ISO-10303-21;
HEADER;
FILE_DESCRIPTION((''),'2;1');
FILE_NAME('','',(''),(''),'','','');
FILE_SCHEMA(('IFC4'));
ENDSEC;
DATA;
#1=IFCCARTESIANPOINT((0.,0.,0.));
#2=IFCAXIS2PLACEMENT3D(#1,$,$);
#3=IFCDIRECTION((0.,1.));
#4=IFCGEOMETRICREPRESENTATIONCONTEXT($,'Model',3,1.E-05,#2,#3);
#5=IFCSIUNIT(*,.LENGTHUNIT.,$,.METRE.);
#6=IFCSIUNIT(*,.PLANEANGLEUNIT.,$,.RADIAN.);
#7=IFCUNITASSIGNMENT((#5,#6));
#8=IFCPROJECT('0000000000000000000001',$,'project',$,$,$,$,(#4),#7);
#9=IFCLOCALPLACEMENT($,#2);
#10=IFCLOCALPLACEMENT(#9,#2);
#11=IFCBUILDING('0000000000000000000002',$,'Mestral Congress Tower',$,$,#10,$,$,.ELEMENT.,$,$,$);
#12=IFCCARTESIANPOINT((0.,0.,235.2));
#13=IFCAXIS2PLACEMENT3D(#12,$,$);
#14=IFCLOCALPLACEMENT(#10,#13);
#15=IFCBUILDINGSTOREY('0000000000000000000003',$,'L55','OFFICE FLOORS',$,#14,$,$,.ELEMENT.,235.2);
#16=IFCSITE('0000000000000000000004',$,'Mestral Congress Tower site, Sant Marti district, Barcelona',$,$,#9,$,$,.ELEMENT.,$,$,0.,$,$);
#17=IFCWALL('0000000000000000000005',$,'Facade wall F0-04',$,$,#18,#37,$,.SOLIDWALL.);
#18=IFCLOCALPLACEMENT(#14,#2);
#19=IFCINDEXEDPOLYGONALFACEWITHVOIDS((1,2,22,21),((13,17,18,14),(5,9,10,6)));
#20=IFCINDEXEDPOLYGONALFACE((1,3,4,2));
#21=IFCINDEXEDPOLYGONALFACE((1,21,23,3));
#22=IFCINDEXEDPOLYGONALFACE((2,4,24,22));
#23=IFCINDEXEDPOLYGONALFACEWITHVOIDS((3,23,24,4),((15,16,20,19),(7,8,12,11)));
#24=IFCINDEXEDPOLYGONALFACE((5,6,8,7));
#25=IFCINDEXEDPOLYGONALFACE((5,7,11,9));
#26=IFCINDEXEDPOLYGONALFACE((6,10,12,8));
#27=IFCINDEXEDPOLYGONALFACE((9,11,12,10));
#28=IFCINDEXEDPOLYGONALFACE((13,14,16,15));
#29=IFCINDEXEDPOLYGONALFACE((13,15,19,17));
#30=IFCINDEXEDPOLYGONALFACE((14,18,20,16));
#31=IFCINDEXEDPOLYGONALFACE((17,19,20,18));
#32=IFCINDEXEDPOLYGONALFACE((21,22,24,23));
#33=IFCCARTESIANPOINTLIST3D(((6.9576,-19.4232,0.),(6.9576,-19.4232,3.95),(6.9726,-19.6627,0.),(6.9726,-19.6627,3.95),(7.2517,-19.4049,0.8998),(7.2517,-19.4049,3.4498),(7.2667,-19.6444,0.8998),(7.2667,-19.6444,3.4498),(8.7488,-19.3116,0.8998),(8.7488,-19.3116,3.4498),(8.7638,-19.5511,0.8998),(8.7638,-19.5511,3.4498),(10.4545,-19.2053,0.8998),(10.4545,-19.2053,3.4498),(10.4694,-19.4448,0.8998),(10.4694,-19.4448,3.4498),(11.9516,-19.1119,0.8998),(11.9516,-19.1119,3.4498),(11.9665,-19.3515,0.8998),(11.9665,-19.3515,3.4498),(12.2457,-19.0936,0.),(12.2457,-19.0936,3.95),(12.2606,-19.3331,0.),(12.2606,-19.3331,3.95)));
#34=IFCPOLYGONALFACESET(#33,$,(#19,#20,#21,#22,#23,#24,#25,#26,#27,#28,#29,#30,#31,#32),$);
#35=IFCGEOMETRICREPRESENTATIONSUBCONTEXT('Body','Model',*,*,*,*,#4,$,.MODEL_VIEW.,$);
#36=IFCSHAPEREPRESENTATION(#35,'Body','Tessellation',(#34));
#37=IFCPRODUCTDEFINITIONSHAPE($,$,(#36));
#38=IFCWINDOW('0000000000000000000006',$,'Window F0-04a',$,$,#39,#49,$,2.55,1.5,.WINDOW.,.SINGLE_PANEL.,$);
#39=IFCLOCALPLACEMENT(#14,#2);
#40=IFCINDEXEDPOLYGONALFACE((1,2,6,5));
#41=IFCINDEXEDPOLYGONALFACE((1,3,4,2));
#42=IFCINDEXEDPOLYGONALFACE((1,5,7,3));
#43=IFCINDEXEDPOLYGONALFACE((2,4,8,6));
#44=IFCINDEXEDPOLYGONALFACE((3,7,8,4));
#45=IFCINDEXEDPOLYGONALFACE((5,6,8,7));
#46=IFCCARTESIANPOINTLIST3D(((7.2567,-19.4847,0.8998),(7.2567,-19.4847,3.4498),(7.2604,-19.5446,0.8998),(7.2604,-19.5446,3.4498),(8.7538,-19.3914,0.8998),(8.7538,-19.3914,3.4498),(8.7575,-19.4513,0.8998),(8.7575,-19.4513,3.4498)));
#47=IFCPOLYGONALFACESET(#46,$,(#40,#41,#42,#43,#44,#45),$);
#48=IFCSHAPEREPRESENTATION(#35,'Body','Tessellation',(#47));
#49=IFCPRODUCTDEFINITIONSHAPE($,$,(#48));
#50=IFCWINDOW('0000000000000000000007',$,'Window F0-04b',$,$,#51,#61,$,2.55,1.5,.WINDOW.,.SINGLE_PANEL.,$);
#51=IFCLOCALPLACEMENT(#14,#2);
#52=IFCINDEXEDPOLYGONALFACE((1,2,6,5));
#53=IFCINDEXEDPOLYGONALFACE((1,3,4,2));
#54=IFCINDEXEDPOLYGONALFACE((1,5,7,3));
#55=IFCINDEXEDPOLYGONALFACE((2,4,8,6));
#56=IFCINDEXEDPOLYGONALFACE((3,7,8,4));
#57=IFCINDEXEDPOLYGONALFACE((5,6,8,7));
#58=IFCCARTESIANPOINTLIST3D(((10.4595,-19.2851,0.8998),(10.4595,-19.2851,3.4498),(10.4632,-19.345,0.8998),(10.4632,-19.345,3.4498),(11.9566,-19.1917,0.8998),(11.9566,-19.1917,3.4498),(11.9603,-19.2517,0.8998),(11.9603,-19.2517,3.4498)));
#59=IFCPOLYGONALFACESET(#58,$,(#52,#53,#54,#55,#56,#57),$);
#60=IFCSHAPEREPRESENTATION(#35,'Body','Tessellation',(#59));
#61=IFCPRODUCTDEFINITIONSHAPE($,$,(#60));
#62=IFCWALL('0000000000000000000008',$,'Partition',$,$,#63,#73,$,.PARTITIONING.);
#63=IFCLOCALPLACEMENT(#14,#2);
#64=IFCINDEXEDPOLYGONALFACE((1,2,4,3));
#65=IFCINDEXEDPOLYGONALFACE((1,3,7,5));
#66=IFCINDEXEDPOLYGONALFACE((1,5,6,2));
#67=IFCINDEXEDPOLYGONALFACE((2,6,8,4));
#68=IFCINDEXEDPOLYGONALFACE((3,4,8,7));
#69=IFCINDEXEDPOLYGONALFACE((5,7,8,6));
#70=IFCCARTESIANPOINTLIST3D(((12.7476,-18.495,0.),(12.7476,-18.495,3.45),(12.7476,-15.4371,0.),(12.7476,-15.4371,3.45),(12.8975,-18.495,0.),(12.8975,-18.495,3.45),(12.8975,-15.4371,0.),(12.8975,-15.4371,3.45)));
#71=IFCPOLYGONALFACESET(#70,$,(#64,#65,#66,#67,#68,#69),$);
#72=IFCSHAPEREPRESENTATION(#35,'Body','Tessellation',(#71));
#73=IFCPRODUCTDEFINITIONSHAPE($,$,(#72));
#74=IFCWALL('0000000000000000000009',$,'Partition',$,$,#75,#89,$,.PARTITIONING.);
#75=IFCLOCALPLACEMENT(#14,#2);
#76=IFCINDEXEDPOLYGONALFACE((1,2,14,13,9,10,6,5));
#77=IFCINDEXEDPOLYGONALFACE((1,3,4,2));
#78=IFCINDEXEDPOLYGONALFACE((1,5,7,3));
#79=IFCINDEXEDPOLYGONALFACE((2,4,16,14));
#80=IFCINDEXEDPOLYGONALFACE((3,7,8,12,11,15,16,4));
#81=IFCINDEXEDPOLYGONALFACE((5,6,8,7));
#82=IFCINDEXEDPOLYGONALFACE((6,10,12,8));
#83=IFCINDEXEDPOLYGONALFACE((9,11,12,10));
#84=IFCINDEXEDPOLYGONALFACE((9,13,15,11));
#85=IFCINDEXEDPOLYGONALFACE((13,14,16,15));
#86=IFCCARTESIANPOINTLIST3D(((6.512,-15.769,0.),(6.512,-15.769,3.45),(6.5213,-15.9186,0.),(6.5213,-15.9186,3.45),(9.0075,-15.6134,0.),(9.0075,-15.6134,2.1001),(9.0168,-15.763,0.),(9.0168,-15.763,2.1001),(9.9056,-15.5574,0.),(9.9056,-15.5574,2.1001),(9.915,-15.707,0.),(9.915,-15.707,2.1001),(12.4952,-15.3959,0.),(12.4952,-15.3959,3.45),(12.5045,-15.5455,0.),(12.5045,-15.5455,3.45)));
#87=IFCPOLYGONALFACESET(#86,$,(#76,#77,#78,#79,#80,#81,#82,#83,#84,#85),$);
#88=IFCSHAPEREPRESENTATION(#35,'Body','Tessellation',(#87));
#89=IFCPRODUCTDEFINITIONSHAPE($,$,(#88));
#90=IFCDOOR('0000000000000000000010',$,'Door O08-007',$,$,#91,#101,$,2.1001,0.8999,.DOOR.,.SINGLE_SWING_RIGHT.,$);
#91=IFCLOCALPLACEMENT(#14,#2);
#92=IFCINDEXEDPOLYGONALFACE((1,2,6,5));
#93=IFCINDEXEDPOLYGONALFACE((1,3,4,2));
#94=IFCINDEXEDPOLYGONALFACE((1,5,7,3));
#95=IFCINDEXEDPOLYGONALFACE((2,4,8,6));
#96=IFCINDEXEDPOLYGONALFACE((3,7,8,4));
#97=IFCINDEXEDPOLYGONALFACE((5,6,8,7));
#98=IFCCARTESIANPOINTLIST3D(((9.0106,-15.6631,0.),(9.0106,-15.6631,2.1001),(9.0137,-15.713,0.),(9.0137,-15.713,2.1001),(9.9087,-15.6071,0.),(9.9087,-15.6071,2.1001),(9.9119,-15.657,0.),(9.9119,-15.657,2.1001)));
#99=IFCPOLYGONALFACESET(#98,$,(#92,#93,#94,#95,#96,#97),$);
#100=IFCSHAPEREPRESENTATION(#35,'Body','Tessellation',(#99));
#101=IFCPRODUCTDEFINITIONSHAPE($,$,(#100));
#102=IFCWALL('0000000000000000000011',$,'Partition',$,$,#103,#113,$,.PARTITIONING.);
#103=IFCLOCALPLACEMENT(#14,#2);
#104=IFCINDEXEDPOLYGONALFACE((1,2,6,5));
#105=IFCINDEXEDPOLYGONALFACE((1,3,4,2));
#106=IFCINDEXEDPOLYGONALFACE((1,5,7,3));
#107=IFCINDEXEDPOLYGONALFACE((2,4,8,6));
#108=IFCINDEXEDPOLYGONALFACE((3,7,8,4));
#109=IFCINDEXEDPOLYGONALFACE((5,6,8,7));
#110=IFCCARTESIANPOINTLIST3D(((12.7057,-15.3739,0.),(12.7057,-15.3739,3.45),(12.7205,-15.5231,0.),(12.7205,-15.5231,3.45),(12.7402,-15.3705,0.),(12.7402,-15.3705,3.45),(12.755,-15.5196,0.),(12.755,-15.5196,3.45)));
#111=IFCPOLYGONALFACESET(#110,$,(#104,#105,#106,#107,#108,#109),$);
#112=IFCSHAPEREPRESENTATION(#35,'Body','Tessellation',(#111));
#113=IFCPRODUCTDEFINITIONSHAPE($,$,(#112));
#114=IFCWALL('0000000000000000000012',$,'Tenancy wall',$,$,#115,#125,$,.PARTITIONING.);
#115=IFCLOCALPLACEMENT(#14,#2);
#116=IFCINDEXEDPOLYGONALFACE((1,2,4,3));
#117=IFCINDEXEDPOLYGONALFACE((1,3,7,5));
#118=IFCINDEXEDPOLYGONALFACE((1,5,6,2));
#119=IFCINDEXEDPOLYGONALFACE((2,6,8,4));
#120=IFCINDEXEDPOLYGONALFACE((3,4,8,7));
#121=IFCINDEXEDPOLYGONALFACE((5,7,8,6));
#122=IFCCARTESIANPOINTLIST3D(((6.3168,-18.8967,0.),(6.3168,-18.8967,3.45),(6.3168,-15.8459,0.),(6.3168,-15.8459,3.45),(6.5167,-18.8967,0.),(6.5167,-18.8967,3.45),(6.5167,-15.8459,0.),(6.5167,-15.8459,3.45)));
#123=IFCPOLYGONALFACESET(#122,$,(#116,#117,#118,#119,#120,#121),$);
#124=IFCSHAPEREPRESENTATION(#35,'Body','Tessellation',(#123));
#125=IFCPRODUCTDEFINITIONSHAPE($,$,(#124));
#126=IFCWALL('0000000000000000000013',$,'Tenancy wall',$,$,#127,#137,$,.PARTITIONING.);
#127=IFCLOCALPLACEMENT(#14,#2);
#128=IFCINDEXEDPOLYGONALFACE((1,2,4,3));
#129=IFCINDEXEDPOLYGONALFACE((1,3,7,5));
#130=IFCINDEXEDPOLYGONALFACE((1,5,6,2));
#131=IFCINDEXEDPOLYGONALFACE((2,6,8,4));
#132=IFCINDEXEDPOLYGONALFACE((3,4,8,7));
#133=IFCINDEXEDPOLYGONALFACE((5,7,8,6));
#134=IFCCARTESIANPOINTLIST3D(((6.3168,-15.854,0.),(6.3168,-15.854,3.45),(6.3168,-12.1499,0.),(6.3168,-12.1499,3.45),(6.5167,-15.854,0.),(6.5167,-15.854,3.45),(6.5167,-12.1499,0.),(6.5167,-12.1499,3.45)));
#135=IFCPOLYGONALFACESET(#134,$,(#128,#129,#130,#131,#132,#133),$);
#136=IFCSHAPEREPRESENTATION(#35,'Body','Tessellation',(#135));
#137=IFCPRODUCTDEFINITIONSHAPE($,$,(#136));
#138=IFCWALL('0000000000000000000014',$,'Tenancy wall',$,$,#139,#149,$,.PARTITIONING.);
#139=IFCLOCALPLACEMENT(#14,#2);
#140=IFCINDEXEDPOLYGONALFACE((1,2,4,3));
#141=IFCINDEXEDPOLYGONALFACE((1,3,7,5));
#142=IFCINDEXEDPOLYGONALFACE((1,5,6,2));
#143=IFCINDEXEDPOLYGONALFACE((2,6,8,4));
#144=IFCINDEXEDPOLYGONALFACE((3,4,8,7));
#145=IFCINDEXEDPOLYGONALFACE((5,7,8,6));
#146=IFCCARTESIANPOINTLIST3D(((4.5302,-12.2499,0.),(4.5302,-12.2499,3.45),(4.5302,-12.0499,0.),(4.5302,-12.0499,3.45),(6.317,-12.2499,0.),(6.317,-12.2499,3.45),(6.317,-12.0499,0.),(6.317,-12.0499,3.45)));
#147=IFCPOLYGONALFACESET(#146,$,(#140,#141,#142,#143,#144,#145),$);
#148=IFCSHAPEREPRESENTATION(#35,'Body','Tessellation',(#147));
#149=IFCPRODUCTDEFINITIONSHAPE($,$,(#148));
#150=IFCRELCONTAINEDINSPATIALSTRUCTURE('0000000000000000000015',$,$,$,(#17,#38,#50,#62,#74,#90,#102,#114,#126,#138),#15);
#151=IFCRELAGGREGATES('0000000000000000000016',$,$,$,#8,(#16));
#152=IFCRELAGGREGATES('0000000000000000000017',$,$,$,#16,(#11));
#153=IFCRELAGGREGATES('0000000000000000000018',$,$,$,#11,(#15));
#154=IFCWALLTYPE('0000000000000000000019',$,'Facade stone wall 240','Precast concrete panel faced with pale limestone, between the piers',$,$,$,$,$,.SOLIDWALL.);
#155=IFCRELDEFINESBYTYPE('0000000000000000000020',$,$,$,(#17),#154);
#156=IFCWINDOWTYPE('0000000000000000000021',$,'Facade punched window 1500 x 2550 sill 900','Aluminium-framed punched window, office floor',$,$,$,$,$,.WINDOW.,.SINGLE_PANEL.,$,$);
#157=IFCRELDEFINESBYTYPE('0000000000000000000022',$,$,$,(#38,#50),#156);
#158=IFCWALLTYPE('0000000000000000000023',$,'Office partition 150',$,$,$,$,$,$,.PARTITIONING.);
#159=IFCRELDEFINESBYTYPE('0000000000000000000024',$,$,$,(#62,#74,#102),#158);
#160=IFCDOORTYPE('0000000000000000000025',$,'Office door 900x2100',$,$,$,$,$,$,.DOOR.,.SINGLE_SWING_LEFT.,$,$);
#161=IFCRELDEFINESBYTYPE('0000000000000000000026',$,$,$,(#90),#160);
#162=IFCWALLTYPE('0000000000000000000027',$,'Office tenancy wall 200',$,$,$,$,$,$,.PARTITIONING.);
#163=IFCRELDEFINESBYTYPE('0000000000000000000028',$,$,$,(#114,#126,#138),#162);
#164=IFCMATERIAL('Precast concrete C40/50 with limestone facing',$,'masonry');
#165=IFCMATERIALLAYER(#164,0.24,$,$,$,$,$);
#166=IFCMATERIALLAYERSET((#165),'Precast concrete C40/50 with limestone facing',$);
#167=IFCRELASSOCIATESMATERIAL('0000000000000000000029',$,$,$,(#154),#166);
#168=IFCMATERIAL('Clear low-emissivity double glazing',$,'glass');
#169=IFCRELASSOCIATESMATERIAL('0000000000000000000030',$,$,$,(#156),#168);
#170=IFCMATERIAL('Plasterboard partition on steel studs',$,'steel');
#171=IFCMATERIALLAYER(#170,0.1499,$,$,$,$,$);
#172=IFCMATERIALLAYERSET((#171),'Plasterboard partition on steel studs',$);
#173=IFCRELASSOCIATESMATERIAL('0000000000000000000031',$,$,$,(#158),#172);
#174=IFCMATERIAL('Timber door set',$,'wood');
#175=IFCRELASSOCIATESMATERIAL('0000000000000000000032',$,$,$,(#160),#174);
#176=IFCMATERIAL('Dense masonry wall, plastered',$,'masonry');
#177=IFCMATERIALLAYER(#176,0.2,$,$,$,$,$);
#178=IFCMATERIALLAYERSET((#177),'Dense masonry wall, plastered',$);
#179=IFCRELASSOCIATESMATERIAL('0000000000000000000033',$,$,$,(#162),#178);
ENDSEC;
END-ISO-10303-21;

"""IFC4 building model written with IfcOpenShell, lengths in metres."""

from ifc_helpers import new_model, si_unit, direction, frame, frame_2d, origin, place, context, subcontext, project, spatial, rectangle, extrude, material, layer, layer_set, type_object, element, fill, save


model = new_model("IFC4")

# Units and contexts
model_context = context("Model", 3, precision=1e-05, world=origin(), true_north=direction((0.0, 1.0)))
body_context = subcontext(model_context, "Body", "Model", "MODEL_VIEW")
ifc_project = project(units=[si_unit("LENGTHUNIT", "METRE"), si_unit("PLANEANGLEUNIT", "RADIAN")], contexts=[model_context])

# Site, building, storey
site_placement = place(None, origin())
site = spatial("IfcSite", under=ifc_project, at=site_placement, Name="Mestral Congress Tower site, Sant Marti district, Barcelona", CompositionType="ELEMENT", RefElevation=0.0)
building_placement = place(site_placement, origin())
building = spatial("IfcBuilding", under=site, at=building_placement, Name="Mestral Congress Tower", CompositionType="ELEMENT")
storey_placement = place(building_placement, frame((0.0, 0.0, 235.2)))
storey = spatial("IfcBuildingStorey", under=building, at=storey_placement, Name="L55", Description="OFFICE FLOORS", CompositionType="ELEMENT", Elevation=235.2)

# Wall, openings, windows
ifc_material_1 = material(Name="Precast concrete C40/50 with limestone facing", Category="masonry")
ifc_layer_1 = layer(ifc_material_1, 0.24)
ifc_layer_set_1 = layer_set([ifc_layer_1], Name="Precast concrete C40/50 with limestone facing")
wall_type_1 = type_object("IfcWallType", Name="Facade stone wall 240", Description="Precast concrete panel faced with pale limestone, between the piers", PredefinedType="SOLIDWALL", material=ifc_layer_set_1)
ifc_material_2 = material(Name="Clear low-emissivity double glazing", Category="glass")
window_type = type_object("IfcWindowType", Name="Facade punched window 1500 x 2550 sill 900", Description="Aluminium-framed punched window, office floor", PartitioningType="SINGLE_PANEL", PredefinedType="WINDOW", material=ifc_material_2)
wall_1_placement = place(storey_placement, frame((6.9651, -19.543, 0.0), z_axis=(0.0, 0.0, 1.0), x_axis=(0.998063, 0.062206, 0.0)))
wall_1 = element("IfcWall", 1, at=wall_1_placement, inside=storey, type_object=wall_type_1, Name="Facade wall F0-04", PredefinedType="SOLIDWALL", context=body_context, shape_type="SweptSolid", body=[
    extrude(rectangle(XDim=5.2983, YDim=0.24, at=frame_2d((2.6492, 0.0))), origin(), (0.0, 0.0, 1.0), 3.95),
])
opening_1_placement = place(wall_1_placement, frame((0.2947, 0.0, 0.8999)))
opening_1 = element("IfcOpeningElement", 2, at=opening_1_placement, cuts=wall_1, PredefinedType="OPENING", context=body_context, shape_type="SweptSolid", body=[
    extrude(rectangle(XDim=1.5, YDim=2.55, at=frame_2d((0.75, 1.2749))), frame((0.0, 0.1299, 0.0), z_axis=(0.0, -1.0, 0.0), x_axis=(1.0, 0.0, 0.0)), (0.0, 0.0, 1.0), 0.26),
])
opening_2_placement = place(wall_1_placement, frame((3.5037, 0.0, 0.8999)))
opening_2 = element("IfcOpeningElement", 3, at=opening_2_placement, cuts=wall_1, PredefinedType="OPENING", context=body_context, shape_type="SweptSolid", body=[
    extrude(rectangle(XDim=1.5, YDim=2.55, at=frame_2d((0.75, 1.2749))), frame((0.0, 0.1299, 0.0), z_axis=(0.0, -1.0, 0.0), x_axis=(1.0, 0.0, 0.0)), (0.0, 0.0, 1.0), 0.26),
])
window_1_placement = place(opening_1_placement, origin())
window_1 = element("IfcWindow", 4, at=window_1_placement, inside=storey, type_object=window_type, Name="Window F0-04a", OverallHeight=2.55, OverallWidth=1.5, PartitioningType="SINGLE_PANEL", PredefinedType="WINDOW", context=body_context, shape_type="SweptSolid", body=[
    extrude(rectangle(XDim=1.5, YDim=2.55, at=frame_2d((0.75, 1.2749))), frame((0.0, 0.04, 0.0), z_axis=(0.0, -1.0, 0.0), x_axis=(1.0, 0.0, 0.0)), (0.0, 0.0, 1.0), 0.0601),
])
fill(opening_1, window_1)
window_2_placement = place(opening_2_placement, origin())
window_2 = element("IfcWindow", 5, at=window_2_placement, inside=storey, type_object=window_type, Name="Window F0-04b", OverallHeight=2.55, OverallWidth=1.5, PartitioningType="SINGLE_PANEL", PredefinedType="WINDOW", context=body_context, shape_type="SweptSolid", body=[
    extrude(rectangle(XDim=1.5, YDim=2.55, at=frame_2d((0.75, 1.2749))), frame((0.0, 0.04, 0.0), z_axis=(0.0, -1.0, 0.0), x_axis=(1.0, 0.0, 0.0)), (0.0, 0.0, 1.0), 0.0601),
])
fill(opening_2, window_2)

# Wall
ifc_material_3 = material(Name="Plasterboard partition on steel studs", Category="steel")
ifc_layer_2 = layer(ifc_material_3, 0.1499)
ifc_layer_set_2 = layer_set([ifc_layer_2], Name="Plasterboard partition on steel studs")
wall_type_2 = type_object("IfcWallType", Name="Office partition 150", PredefinedType="PARTITIONING", material=ifc_layer_set_2)
wall_2_placement = place(storey_placement, frame((12.8225, -15.4373, 0.0), z_axis=(0.0, 0.0, 1.0), x_axis=(0.0, -1.0, 0.0)))
element("IfcWall", 6, at=wall_2_placement, inside=storey, type_object=wall_type_2, Name="Partition", PredefinedType="PARTITIONING", context=body_context, shape_type="SweptSolid", body=[
    extrude(rectangle(XDim=3.0579, YDim=0.1499, at=frame_2d((1.5288, 0.0))), origin(), (0.0, 0.0, 1.0), 3.45),
])

# Wall, opening, door
wall_3_placement = place(storey_placement, frame((12.5, -15.4707, 0.0), z_axis=(0.0, 0.0, 1.0), x_axis=(-0.998062, -0.062229, 0.0)))
wall_3 = element("IfcWall", 7, at=wall_3_placement, inside=storey, type_object=wall_type_2, Name="Partition", PredefinedType="PARTITIONING", context=body_context, shape_type="SweptSolid", body=[
    extrude(rectangle(XDim=5.9949, YDim=0.1499, at=frame_2d((2.9976, 0.0))), origin(), (0.0, 0.0, 1.0), 3.45),
])
opening_3_placement = place(wall_3_placement, frame((2.5947, 0.0, 0.0)))
opening_3 = element("IfcOpeningElement", 8, at=opening_3_placement, cuts=wall_3, PredefinedType="OPENING", context=body_context, shape_type="SweptSolid", body=[
    extrude(rectangle(XDim=0.8999, YDim=2.1001, at=frame_2d((0.45, 1.05))), frame((0.0, 0.085, 0.0), z_axis=(0.0, -1.0, 0.0), x_axis=(1.0, 0.0, 0.0)), (0.0, 0.0, 1.0), 0.1699),
])
ifc_material_4 = material(Name="Timber door set", Category="wood")
door_type_1 = type_object("IfcDoorType", Name="Office door 900x2100", OperationType="SINGLE_SWING_LEFT", PredefinedType="DOOR", material=ifc_material_4)
door_1_placement = place(opening_3_placement, origin())
door_1 = element("IfcDoor", 9, at=door_1_placement, inside=storey, type_object=door_type_1, Name="Door O08-007", OperationType="SINGLE_SWING_RIGHT", OverallHeight=2.1001, OverallWidth=0.8999, PredefinedType="DOOR", context=body_context, shape_type="SweptSolid", body=[
    extrude(rectangle(XDim=0.8999, YDim=2.1001, at=frame_2d((0.45, 1.05))), frame((0.0, 0.0249, 0.0), z_axis=(0.0, -1.0, 0.0), x_axis=(1.0, 0.0, 0.0)), (0.0, 0.0, 1.0), 0.05),
])
fill(opening_3, door_1)

# Walls
wall_4_placement = place(storey_placement, frame((12.7131, -15.4485, 0.0), z_axis=(0.0, 0.0, 1.0), x_axis=(0.995107, 0.098805, 0.0)))
element("IfcWall", 10, at=wall_4_placement, inside=storey, type_object=wall_type_2, Name="Partition", PredefinedType="PARTITIONING", context=body_context, shape_type="SweptSolid", body=[
    extrude(rectangle(XDim=0.0347, YDim=0.1499, at=frame_2d((0.0173, 0.0))), origin(), (0.0, 0.0, 1.0), 3.45),
])
ifc_material_5 = material(Name="Dense masonry wall, plastered", Category="masonry")
ifc_layer_3 = layer(ifc_material_5, 0.2)
ifc_layer_set_3 = layer_set([ifc_layer_3], Name="Dense masonry wall, plastered")
wall_type_3 = type_object("IfcWallType", Name="Office tenancy wall 200", PredefinedType="PARTITIONING", material=ifc_layer_set_3)
wall_5_placement = place(storey_placement, frame((6.4167, -15.8459, 0.0), z_axis=(0.0, 0.0, 1.0), x_axis=(0.0, -1.0, 0.0)))
element("IfcWall", 11, at=wall_5_placement, inside=storey, type_object=wall_type_3, Name="Tenancy wall", PredefinedType="PARTITIONING", context=body_context, shape_type="SweptSolid", body=[
    extrude(rectangle(XDim=3.0508, YDim=0.2, at=frame_2d((1.5254, 0.0))), origin(), (0.0, 0.0, 1.0), 3.45),
])
wall_6_placement = place(storey_placement, frame((6.4167, -12.1499, 0.0), z_axis=(0.0, 0.0, 1.0), x_axis=(0.0, -1.0, 0.0)))
element("IfcWall", 12, at=wall_6_placement, inside=storey, type_object=wall_type_3, Name="Tenancy wall", PredefinedType="PARTITIONING", context=body_context, shape_type="SweptSolid", body=[
    extrude(rectangle(XDim=3.7041, YDim=0.2, at=frame_2d((1.8521, 0.0))), origin(), (0.0, 0.0, 1.0), 3.45),
])
wall_7_placement = place(storey_placement, frame((4.53, -12.1499, 0.0), z_axis=(0.0, 0.0, 1.0), x_axis=(1.0, 0.0, 0.0)))
element("IfcWall", 13, at=wall_7_placement, inside=storey, type_object=wall_type_3, Name="Tenancy wall", PredefinedType="PARTITIONING", context=body_context, shape_type="SweptSolid", body=[
    extrude(rectangle(XDim=1.7869, YDim=0.2, at=frame_2d((0.8936, 0.0))), origin(), (0.0, 0.0, 1.0), 3.45),
])

save(model, "model.ifc")
